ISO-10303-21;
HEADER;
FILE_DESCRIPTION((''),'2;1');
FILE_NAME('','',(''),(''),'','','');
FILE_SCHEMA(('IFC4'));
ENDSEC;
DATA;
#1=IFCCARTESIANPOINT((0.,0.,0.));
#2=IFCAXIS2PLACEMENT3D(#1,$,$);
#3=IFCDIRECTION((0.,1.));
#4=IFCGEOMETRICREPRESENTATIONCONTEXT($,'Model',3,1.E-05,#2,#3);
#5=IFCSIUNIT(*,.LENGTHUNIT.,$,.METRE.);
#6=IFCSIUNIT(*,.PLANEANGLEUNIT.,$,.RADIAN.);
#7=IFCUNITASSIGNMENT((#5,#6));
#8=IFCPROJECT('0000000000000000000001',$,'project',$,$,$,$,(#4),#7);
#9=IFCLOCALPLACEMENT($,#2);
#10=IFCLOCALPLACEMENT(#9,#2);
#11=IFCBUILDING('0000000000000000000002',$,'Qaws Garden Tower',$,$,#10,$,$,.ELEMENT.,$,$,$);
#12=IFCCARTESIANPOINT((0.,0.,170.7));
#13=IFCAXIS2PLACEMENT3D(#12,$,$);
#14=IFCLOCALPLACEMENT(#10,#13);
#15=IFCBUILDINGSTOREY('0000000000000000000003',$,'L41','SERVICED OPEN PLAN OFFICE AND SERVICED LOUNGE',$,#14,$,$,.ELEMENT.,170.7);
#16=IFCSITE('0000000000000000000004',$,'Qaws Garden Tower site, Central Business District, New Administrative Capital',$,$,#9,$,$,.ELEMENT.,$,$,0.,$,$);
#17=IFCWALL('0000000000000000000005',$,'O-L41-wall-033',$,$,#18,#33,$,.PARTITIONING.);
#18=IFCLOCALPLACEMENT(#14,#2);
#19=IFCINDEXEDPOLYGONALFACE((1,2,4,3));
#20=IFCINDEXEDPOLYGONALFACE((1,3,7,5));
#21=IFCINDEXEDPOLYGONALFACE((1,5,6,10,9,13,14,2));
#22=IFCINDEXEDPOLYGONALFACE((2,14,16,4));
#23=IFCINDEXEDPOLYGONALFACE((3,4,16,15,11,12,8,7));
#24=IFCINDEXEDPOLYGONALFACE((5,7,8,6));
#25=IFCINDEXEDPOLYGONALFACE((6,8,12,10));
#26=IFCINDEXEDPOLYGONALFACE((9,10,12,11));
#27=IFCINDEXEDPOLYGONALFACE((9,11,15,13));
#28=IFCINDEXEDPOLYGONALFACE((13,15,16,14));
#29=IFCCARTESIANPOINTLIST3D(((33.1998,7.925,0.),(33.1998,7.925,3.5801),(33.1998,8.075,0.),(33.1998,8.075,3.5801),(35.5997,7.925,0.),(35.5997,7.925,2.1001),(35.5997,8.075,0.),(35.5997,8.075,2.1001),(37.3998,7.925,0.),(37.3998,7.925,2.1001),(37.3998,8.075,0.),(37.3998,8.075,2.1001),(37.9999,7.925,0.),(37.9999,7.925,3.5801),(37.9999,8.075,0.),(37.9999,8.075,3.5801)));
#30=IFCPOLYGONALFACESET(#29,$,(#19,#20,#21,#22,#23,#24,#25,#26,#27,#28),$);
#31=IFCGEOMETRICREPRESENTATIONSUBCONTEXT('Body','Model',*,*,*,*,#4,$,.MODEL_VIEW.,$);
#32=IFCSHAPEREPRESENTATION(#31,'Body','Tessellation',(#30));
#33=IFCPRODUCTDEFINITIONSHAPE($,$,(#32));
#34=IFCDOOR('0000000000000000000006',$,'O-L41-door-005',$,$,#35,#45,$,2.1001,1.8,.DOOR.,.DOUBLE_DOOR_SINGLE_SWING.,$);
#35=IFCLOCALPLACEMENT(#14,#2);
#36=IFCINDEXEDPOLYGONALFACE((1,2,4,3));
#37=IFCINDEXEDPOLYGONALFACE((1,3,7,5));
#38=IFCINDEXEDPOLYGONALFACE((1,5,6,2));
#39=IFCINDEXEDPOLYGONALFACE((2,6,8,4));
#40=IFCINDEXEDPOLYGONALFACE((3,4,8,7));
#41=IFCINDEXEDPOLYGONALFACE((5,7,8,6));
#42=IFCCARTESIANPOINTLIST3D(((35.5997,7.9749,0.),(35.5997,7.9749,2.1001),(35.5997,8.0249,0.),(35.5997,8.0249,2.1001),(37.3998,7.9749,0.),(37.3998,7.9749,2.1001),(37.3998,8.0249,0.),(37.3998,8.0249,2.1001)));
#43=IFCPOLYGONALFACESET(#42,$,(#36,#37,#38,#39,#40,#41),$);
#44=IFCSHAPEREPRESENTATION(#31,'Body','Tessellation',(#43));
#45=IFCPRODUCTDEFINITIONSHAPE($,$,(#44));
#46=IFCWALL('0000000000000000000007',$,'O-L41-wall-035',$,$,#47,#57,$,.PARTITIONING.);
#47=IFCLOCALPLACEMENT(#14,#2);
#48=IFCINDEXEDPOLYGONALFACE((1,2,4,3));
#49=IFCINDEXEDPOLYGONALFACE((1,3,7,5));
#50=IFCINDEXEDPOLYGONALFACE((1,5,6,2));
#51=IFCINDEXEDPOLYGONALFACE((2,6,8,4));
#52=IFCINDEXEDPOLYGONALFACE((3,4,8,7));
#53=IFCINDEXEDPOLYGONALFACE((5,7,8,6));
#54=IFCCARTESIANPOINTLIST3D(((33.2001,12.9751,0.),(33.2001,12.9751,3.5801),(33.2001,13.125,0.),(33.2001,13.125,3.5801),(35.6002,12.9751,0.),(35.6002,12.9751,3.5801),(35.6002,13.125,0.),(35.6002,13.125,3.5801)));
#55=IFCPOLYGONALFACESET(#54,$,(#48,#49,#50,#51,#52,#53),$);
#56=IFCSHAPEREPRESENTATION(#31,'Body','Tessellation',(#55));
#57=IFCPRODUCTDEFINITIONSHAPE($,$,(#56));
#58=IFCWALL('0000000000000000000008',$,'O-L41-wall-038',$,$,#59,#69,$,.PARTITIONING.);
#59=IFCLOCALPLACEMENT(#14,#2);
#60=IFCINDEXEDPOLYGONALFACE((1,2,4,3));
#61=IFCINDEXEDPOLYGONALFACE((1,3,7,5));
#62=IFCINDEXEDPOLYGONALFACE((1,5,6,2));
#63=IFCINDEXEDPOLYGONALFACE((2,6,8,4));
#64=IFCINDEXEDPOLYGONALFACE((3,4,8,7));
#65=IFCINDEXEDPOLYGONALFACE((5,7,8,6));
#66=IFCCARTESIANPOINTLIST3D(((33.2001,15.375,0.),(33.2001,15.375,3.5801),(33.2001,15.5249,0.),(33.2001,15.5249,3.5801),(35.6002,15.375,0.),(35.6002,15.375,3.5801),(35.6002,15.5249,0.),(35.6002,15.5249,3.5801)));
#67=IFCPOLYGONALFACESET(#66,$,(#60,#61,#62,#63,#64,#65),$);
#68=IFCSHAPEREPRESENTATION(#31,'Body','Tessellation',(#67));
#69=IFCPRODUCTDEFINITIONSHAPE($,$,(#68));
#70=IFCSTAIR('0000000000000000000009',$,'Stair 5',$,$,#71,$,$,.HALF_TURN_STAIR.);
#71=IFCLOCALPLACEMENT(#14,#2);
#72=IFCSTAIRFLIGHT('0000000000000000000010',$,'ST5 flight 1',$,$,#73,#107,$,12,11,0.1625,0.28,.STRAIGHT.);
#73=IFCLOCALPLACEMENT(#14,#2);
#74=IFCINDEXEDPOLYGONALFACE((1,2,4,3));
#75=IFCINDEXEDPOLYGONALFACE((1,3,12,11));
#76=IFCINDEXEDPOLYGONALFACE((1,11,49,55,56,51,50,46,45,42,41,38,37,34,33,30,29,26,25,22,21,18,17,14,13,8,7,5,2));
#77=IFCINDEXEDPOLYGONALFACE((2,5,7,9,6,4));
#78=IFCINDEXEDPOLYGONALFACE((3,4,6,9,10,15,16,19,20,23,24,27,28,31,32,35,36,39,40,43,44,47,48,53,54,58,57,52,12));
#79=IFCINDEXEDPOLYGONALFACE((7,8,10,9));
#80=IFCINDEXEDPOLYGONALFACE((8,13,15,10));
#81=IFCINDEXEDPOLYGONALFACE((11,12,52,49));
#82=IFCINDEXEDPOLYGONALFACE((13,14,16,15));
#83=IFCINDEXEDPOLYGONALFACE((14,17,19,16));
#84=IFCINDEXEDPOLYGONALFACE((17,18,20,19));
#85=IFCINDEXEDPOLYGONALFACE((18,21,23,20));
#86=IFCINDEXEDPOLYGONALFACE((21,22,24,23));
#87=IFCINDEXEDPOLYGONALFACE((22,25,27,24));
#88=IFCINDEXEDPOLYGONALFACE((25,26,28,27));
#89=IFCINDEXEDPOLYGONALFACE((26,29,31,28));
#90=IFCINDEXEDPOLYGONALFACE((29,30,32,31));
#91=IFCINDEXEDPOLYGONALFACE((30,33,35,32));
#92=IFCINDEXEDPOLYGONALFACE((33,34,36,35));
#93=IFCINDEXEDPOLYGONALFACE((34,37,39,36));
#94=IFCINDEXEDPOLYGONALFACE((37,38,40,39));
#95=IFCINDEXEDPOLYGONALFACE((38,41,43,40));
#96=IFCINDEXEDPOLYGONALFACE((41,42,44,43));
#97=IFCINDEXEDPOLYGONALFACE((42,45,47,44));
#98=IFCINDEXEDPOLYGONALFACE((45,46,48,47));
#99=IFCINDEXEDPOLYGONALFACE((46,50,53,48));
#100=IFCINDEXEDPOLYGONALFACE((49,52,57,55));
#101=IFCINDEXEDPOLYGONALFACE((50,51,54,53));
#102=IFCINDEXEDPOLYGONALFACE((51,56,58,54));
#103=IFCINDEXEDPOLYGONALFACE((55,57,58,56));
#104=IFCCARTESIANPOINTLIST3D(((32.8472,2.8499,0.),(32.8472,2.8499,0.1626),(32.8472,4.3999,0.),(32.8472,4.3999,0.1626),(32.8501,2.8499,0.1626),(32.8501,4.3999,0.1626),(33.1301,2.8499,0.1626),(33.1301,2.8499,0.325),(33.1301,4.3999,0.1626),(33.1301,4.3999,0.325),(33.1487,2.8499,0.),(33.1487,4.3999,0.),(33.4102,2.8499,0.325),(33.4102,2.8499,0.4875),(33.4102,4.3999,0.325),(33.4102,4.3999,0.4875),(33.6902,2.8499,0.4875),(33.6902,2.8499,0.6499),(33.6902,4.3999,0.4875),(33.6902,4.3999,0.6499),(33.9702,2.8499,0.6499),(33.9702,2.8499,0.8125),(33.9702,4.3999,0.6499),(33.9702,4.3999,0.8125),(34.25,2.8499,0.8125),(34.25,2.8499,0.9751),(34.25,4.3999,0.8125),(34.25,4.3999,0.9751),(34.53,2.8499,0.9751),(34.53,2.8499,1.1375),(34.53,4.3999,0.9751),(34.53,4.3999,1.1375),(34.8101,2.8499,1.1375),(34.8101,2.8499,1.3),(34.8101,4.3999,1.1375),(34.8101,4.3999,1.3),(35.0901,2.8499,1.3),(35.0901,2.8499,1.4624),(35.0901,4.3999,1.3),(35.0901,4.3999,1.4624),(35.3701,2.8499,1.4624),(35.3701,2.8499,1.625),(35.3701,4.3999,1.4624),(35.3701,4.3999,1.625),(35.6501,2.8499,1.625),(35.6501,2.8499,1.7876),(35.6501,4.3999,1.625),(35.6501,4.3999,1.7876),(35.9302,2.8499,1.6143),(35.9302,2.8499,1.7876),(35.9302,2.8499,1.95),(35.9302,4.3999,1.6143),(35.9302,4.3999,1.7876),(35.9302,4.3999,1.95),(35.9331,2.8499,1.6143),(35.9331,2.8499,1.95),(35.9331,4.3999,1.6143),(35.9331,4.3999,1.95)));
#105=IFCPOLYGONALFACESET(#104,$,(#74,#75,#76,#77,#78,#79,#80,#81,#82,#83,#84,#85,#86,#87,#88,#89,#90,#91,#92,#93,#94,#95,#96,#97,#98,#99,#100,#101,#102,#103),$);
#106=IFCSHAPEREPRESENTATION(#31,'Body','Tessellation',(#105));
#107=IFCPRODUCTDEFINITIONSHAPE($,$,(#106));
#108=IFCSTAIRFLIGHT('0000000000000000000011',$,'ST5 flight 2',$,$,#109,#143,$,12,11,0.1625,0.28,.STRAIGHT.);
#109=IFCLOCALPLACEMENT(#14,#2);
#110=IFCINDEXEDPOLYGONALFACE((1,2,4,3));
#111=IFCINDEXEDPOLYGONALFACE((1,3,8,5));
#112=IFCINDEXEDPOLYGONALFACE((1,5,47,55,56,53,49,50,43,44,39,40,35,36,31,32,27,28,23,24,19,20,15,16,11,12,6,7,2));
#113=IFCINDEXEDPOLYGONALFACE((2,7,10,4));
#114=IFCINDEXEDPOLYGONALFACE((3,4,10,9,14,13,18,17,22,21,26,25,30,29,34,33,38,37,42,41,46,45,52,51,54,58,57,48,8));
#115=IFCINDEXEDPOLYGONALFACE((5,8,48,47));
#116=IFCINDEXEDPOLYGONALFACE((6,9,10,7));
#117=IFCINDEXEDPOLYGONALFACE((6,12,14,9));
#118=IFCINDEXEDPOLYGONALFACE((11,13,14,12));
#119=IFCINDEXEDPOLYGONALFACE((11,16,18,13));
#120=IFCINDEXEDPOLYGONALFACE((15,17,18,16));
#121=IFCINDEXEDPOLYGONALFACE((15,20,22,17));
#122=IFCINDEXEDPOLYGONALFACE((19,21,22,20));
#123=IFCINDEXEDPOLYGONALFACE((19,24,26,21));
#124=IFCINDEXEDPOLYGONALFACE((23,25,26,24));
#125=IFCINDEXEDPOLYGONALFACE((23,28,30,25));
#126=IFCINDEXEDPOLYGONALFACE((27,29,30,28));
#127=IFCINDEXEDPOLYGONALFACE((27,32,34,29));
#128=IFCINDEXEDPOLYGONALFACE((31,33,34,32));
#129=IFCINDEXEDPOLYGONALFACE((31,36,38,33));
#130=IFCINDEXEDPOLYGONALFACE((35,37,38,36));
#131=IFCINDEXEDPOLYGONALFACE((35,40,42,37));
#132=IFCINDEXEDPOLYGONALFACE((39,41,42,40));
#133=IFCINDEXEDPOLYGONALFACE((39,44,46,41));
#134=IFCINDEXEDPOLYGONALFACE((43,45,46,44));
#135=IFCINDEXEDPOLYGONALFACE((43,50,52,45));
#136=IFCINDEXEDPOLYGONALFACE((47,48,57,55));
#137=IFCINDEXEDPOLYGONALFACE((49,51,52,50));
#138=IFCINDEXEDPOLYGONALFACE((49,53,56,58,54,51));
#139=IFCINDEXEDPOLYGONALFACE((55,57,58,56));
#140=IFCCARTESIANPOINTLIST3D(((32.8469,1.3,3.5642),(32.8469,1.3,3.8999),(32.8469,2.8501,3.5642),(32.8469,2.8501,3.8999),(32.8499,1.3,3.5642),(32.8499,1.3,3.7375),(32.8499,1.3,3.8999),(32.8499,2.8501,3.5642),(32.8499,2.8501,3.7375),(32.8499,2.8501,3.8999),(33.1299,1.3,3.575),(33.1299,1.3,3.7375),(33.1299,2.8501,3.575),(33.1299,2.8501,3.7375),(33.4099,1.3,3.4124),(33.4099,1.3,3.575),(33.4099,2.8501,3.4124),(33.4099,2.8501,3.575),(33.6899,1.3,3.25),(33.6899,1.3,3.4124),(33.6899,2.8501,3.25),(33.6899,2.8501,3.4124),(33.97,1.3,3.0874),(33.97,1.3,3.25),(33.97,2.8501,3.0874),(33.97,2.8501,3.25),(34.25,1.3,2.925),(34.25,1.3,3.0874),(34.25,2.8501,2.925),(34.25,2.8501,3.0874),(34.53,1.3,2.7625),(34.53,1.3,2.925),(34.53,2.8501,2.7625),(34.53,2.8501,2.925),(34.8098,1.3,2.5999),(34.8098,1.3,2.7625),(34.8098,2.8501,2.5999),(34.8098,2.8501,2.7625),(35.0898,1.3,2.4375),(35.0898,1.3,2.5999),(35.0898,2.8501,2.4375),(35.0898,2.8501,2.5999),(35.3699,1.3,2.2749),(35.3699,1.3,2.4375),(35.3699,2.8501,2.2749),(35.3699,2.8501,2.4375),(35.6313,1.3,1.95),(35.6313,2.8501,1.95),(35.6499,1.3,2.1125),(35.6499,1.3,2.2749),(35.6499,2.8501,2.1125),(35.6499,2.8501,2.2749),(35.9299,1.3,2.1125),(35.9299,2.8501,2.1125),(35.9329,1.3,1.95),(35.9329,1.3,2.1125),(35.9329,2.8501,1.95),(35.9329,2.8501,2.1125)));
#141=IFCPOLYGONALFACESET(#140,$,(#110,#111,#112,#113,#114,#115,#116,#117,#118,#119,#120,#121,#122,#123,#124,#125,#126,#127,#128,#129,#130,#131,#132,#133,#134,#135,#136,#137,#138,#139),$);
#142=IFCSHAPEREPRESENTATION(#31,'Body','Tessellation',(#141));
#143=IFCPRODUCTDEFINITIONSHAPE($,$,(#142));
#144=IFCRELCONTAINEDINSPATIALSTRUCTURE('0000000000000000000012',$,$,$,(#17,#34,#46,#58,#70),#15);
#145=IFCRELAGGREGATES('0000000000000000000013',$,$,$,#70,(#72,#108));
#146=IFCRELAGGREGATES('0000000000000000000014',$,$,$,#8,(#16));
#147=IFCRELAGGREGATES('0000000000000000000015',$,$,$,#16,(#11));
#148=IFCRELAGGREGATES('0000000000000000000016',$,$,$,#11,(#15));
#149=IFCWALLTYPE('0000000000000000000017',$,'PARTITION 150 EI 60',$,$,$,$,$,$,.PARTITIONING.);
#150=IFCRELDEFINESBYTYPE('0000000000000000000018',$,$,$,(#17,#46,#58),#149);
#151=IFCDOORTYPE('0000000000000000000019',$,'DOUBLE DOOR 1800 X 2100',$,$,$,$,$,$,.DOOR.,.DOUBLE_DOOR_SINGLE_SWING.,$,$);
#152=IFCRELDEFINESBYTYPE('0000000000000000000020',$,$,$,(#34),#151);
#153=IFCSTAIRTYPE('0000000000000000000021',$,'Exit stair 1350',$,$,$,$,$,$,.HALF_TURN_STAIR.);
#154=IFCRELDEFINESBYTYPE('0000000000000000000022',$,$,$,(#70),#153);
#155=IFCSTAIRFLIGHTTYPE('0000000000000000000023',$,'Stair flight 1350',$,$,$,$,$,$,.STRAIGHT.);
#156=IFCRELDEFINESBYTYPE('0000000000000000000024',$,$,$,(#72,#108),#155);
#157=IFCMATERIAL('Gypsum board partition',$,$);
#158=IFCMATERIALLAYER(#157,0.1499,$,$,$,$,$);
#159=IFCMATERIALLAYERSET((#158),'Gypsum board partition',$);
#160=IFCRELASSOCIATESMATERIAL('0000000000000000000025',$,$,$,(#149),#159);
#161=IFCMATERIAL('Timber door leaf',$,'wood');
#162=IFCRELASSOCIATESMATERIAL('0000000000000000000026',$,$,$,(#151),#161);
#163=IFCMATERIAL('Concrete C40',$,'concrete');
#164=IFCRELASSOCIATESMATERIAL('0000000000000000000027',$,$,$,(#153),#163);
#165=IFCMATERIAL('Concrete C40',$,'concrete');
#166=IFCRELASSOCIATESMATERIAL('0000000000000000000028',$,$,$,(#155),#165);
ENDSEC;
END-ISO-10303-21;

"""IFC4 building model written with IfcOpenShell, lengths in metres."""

from ifc_helpers import new_model, si_unit, direction, frame, frame_2d, origin, place, context, subcontext, project, spatial, polyline, rectangle, outline, extrude, material, layer, layer_set, type_object, element, fill, aggregate, save


model = new_model("IFC4")

# Units and contexts
model_context = context("Model", 3, precision=1e-05, world=origin(), true_north=direction((0.0, 1.0)))
body_context = subcontext(model_context, "Body", "Model", "MODEL_VIEW")
ifc_project = project(units=[si_unit("LENGTHUNIT", "METRE"), si_unit("PLANEANGLEUNIT", "RADIAN")], contexts=[model_context])

# Site, building, storey
site_placement = place(None, origin())
site = spatial("IfcSite", under=ifc_project, at=site_placement, Name="Qaws Garden Tower site, Central Business District, New Administrative Capital", CompositionType="ELEMENT", RefElevation=0.0)
building_placement = place(site_placement, origin())
building = spatial("IfcBuilding", under=site, at=building_placement, Name="Qaws Garden Tower", CompositionType="ELEMENT")
storey_placement = place(building_placement, frame((0.0, 0.0, 170.7)))
storey = spatial("IfcBuildingStorey", under=building, at=storey_placement, Name="L41", Description="SERVICED OPEN PLAN OFFICE AND SERVICED LOUNGE", CompositionType="ELEMENT", Elevation=170.7)

# Shared definitions
ifc_material_1 = material(Name="Gypsum board partition")
ifc_layer_1 = layer(ifc_material_1, 0.1499)
ifc_layer_set_1 = layer_set([ifc_layer_1], Name="Gypsum board partition")
wall_type_1 = type_object("IfcWallType", Name="PARTITION 150 EI 60", PredefinedType="PARTITIONING", material=ifc_layer_set_1)

# Wall, opening, door
wall_1_placement = place(storey_placement, frame((33.2, 8.0, 0.0), z_axis=(0.0, 0.0, 1.0), x_axis=(1.0, 0.0, 0.0)))
wall_1 = element("IfcWall", 1, at=wall_1_placement, inside=storey, type_object=wall_type_1, Name="O-L41-wall-033", PredefinedType="PARTITIONING", context=body_context, shape_type="SweptSolid", body=[
    extrude(rectangle(XDim=4.8, YDim=0.1499, at=frame_2d((2.3999, 0.0))), origin(), (0.0, 0.0, 1.0), 3.5801),
])
opening_1_placement = place(wall_1_placement, frame((2.3999, 0.0, 0.0)))
opening_1 = element("IfcOpeningElement", 2, at=opening_1_placement, cuts=wall_1, PredefinedType="OPENING", context=body_context, shape_type="SweptSolid", body=[
    extrude(rectangle(XDim=1.8, YDim=2.1001, at=frame_2d((0.8999, 1.05))), frame((0.0, 0.085, 0.0), z_axis=(0.0, -1.0, 0.0), x_axis=(1.0, 0.0, 0.0)), (0.0, 0.0, 1.0), 0.1699),
])
ifc_material_2 = material(Name="Timber door leaf", Category="wood")
door_type_1 = type_object("IfcDoorType", Name="DOUBLE DOOR 1800 X 2100", OperationType="DOUBLE_DOOR_SINGLE_SWING", PredefinedType="DOOR", material=ifc_material_2)
door_1_placement = place(opening_1_placement, origin())
door_1 = element("IfcDoor", 3, at=door_1_placement, inside=storey, type_object=door_type_1, Name="O-L41-door-005", OperationType="DOUBLE_DOOR_SINGLE_SWING", OverallHeight=2.1001, OverallWidth=1.8, PredefinedType="DOOR", context=body_context, shape_type="SweptSolid", body=[
    extrude(rectangle(XDim=1.8, YDim=2.1001, at=frame_2d((0.8999, 1.05))), frame((0.0, 0.0249, 0.0), z_axis=(0.0, -1.0, 0.0), x_axis=(1.0, 0.0, 0.0)), (0.0, 0.0, 1.0), 0.05),
])
fill(opening_1, door_1)

# Walls
for number, where, z_axis, x_axis, name in (
    (4, (33.2, 13.05, 0.0), (0.0, 0.0, 1.0), (1.0, 0.0, 0.0), "O-L41-wall-035"),
    (5, (33.2, 15.45, 0.0), (0.0, 0.0, 1.0), (1.0, 0.0, 0.0), "O-L41-wall-038"),
):
    element("IfcWall", number, at=place(storey_placement, frame(where, z_axis=z_axis, x_axis=x_axis)), inside=storey, type_object=wall_type_1, Name=name, PredefinedType="PARTITIONING", context=body_context, shape_type="SweptSolid", body=[
        extrude(rectangle(XDim=2.4001, YDim=0.1499, at=frame_2d((1.2002, 0.0))), origin(), (0.0, 0.0, 1.0), 3.5801),
    ])

# Stair, stair flights
ifc_material_3 = material(Name="Concrete C40", Category="concrete")
stair_type = type_object("IfcStairType", Name="Exit stair 1350", PredefinedType="HALF_TURN_STAIR", material=ifc_material_3)
stair_placement = place(storey_placement, origin())
stair = element("IfcStair", 6, at=stair_placement, inside=storey, type_object=stair_type, Name="Stair 5", PredefinedType="HALF_TURN_STAIR")
ifc_material_4 = material(Name="Concrete C40", Category="concrete")
stair_flight_type = type_object("IfcStairFlightType", Name="Stair flight 1350", PredefinedType="STRAIGHT", material=ifc_material_4)
stair_flight_1_placement = place(storey_placement, frame((32.8501, 3.625, 0.0), z_axis=(0.0, 0.0, 1.0), x_axis=(1.0, 0.0, 0.0)))
stair_flight_1 = element("IfcStairFlight", 7, at=stair_flight_1_placement, type_object=stair_flight_type, Name="ST5 flight 1", NumberOfRisers=12, NumberOfTreads=11, PredefinedType="STRAIGHT", RiserHeight=0.1625, TreadLength=0.28, context=body_context, shape_type="SweptSolid", body=[
    extrude(outline(polyline([(-0.0029, 0.0), (-0.0029, 0.1626), (0.0, 0.1626), (0.28, 0.1626), (0.28, 0.325), (0.5601, 0.325), (0.5601, 0.4875), (0.8401, 0.4875), (0.8401, 0.6499), (1.1201, 0.6499), (1.1201, 0.8125), (1.3999, 0.8125), (1.3999, 0.9751), (1.6799, 0.9751), (1.6799, 1.1375), (1.96, 1.1375), (1.96, 1.3), (2.24, 1.3), (2.24, 1.4624), (2.52, 1.4624), (2.52, 1.625), (2.8, 1.625), (2.8, 1.7876), (3.0801, 1.7876), (3.0801, 1.95), (3.083, 1.95), (3.083, 1.6143), (3.0801, 1.6143), (0.2986, 0.0), (-0.0029, 0.0)])), frame((0.0, 0.7749, 0.0), z_axis=(0.0, -1.0, 0.0), x_axis=(1.0, 0.0, 0.0)), (0.0, 0.0, 1.0), 1.55),
])
stair_flight_2_placement = place(storey_placement, frame((35.9299, 2.075, 1.95), z_axis=(0.0, 0.0, 1.0), x_axis=(-1.0, 0.0, 0.0)))
stair_flight_2 = element("IfcStairFlight", 8, at=stair_flight_2_placement, type_object=stair_flight_type, Name="ST5 flight 2", NumberOfRisers=12, NumberOfTreads=11, PredefinedType="STRAIGHT", RiserHeight=0.1625, TreadLength=0.28, context=body_context, shape_type="SweptSolid", body=[
    extrude(outline(polyline([(-0.0029, 0.0), (-0.0029, 0.1626), (0.0, 0.1626), (0.28, 0.1626), (0.28, 0.325), (0.5601, 0.325), (0.5601, 0.4875), (0.8401, 0.4875), (0.8401, 0.6499), (1.1201, 0.6499), (1.1201, 0.8125), (1.3999, 0.8125), (1.3999, 0.9751), (1.6799, 0.9751), (1.6799, 1.1375), (1.96, 1.1375), (1.96, 1.3), (2.24, 1.3), (2.24, 1.4624), (2.52, 1.4624), (2.52, 1.625), (2.8, 1.625), (2.8, 1.7876), (3.0801, 1.7876), (3.0801, 1.95), (3.083, 1.95), (3.083, 1.6143), (3.0801, 1.6143), (0.2986, 0.0), (-0.0029, 0.0)])), frame((0.0, 0.7749, 0.0), z_axis=(0.0, -1.0, 0.0), x_axis=(1.0, 0.0, 0.0)), (0.0, 0.0, 1.0), 1.55),
])
aggregate(stair, [stair_flight_1, stair_flight_2])

save(model, "model.ifc")
